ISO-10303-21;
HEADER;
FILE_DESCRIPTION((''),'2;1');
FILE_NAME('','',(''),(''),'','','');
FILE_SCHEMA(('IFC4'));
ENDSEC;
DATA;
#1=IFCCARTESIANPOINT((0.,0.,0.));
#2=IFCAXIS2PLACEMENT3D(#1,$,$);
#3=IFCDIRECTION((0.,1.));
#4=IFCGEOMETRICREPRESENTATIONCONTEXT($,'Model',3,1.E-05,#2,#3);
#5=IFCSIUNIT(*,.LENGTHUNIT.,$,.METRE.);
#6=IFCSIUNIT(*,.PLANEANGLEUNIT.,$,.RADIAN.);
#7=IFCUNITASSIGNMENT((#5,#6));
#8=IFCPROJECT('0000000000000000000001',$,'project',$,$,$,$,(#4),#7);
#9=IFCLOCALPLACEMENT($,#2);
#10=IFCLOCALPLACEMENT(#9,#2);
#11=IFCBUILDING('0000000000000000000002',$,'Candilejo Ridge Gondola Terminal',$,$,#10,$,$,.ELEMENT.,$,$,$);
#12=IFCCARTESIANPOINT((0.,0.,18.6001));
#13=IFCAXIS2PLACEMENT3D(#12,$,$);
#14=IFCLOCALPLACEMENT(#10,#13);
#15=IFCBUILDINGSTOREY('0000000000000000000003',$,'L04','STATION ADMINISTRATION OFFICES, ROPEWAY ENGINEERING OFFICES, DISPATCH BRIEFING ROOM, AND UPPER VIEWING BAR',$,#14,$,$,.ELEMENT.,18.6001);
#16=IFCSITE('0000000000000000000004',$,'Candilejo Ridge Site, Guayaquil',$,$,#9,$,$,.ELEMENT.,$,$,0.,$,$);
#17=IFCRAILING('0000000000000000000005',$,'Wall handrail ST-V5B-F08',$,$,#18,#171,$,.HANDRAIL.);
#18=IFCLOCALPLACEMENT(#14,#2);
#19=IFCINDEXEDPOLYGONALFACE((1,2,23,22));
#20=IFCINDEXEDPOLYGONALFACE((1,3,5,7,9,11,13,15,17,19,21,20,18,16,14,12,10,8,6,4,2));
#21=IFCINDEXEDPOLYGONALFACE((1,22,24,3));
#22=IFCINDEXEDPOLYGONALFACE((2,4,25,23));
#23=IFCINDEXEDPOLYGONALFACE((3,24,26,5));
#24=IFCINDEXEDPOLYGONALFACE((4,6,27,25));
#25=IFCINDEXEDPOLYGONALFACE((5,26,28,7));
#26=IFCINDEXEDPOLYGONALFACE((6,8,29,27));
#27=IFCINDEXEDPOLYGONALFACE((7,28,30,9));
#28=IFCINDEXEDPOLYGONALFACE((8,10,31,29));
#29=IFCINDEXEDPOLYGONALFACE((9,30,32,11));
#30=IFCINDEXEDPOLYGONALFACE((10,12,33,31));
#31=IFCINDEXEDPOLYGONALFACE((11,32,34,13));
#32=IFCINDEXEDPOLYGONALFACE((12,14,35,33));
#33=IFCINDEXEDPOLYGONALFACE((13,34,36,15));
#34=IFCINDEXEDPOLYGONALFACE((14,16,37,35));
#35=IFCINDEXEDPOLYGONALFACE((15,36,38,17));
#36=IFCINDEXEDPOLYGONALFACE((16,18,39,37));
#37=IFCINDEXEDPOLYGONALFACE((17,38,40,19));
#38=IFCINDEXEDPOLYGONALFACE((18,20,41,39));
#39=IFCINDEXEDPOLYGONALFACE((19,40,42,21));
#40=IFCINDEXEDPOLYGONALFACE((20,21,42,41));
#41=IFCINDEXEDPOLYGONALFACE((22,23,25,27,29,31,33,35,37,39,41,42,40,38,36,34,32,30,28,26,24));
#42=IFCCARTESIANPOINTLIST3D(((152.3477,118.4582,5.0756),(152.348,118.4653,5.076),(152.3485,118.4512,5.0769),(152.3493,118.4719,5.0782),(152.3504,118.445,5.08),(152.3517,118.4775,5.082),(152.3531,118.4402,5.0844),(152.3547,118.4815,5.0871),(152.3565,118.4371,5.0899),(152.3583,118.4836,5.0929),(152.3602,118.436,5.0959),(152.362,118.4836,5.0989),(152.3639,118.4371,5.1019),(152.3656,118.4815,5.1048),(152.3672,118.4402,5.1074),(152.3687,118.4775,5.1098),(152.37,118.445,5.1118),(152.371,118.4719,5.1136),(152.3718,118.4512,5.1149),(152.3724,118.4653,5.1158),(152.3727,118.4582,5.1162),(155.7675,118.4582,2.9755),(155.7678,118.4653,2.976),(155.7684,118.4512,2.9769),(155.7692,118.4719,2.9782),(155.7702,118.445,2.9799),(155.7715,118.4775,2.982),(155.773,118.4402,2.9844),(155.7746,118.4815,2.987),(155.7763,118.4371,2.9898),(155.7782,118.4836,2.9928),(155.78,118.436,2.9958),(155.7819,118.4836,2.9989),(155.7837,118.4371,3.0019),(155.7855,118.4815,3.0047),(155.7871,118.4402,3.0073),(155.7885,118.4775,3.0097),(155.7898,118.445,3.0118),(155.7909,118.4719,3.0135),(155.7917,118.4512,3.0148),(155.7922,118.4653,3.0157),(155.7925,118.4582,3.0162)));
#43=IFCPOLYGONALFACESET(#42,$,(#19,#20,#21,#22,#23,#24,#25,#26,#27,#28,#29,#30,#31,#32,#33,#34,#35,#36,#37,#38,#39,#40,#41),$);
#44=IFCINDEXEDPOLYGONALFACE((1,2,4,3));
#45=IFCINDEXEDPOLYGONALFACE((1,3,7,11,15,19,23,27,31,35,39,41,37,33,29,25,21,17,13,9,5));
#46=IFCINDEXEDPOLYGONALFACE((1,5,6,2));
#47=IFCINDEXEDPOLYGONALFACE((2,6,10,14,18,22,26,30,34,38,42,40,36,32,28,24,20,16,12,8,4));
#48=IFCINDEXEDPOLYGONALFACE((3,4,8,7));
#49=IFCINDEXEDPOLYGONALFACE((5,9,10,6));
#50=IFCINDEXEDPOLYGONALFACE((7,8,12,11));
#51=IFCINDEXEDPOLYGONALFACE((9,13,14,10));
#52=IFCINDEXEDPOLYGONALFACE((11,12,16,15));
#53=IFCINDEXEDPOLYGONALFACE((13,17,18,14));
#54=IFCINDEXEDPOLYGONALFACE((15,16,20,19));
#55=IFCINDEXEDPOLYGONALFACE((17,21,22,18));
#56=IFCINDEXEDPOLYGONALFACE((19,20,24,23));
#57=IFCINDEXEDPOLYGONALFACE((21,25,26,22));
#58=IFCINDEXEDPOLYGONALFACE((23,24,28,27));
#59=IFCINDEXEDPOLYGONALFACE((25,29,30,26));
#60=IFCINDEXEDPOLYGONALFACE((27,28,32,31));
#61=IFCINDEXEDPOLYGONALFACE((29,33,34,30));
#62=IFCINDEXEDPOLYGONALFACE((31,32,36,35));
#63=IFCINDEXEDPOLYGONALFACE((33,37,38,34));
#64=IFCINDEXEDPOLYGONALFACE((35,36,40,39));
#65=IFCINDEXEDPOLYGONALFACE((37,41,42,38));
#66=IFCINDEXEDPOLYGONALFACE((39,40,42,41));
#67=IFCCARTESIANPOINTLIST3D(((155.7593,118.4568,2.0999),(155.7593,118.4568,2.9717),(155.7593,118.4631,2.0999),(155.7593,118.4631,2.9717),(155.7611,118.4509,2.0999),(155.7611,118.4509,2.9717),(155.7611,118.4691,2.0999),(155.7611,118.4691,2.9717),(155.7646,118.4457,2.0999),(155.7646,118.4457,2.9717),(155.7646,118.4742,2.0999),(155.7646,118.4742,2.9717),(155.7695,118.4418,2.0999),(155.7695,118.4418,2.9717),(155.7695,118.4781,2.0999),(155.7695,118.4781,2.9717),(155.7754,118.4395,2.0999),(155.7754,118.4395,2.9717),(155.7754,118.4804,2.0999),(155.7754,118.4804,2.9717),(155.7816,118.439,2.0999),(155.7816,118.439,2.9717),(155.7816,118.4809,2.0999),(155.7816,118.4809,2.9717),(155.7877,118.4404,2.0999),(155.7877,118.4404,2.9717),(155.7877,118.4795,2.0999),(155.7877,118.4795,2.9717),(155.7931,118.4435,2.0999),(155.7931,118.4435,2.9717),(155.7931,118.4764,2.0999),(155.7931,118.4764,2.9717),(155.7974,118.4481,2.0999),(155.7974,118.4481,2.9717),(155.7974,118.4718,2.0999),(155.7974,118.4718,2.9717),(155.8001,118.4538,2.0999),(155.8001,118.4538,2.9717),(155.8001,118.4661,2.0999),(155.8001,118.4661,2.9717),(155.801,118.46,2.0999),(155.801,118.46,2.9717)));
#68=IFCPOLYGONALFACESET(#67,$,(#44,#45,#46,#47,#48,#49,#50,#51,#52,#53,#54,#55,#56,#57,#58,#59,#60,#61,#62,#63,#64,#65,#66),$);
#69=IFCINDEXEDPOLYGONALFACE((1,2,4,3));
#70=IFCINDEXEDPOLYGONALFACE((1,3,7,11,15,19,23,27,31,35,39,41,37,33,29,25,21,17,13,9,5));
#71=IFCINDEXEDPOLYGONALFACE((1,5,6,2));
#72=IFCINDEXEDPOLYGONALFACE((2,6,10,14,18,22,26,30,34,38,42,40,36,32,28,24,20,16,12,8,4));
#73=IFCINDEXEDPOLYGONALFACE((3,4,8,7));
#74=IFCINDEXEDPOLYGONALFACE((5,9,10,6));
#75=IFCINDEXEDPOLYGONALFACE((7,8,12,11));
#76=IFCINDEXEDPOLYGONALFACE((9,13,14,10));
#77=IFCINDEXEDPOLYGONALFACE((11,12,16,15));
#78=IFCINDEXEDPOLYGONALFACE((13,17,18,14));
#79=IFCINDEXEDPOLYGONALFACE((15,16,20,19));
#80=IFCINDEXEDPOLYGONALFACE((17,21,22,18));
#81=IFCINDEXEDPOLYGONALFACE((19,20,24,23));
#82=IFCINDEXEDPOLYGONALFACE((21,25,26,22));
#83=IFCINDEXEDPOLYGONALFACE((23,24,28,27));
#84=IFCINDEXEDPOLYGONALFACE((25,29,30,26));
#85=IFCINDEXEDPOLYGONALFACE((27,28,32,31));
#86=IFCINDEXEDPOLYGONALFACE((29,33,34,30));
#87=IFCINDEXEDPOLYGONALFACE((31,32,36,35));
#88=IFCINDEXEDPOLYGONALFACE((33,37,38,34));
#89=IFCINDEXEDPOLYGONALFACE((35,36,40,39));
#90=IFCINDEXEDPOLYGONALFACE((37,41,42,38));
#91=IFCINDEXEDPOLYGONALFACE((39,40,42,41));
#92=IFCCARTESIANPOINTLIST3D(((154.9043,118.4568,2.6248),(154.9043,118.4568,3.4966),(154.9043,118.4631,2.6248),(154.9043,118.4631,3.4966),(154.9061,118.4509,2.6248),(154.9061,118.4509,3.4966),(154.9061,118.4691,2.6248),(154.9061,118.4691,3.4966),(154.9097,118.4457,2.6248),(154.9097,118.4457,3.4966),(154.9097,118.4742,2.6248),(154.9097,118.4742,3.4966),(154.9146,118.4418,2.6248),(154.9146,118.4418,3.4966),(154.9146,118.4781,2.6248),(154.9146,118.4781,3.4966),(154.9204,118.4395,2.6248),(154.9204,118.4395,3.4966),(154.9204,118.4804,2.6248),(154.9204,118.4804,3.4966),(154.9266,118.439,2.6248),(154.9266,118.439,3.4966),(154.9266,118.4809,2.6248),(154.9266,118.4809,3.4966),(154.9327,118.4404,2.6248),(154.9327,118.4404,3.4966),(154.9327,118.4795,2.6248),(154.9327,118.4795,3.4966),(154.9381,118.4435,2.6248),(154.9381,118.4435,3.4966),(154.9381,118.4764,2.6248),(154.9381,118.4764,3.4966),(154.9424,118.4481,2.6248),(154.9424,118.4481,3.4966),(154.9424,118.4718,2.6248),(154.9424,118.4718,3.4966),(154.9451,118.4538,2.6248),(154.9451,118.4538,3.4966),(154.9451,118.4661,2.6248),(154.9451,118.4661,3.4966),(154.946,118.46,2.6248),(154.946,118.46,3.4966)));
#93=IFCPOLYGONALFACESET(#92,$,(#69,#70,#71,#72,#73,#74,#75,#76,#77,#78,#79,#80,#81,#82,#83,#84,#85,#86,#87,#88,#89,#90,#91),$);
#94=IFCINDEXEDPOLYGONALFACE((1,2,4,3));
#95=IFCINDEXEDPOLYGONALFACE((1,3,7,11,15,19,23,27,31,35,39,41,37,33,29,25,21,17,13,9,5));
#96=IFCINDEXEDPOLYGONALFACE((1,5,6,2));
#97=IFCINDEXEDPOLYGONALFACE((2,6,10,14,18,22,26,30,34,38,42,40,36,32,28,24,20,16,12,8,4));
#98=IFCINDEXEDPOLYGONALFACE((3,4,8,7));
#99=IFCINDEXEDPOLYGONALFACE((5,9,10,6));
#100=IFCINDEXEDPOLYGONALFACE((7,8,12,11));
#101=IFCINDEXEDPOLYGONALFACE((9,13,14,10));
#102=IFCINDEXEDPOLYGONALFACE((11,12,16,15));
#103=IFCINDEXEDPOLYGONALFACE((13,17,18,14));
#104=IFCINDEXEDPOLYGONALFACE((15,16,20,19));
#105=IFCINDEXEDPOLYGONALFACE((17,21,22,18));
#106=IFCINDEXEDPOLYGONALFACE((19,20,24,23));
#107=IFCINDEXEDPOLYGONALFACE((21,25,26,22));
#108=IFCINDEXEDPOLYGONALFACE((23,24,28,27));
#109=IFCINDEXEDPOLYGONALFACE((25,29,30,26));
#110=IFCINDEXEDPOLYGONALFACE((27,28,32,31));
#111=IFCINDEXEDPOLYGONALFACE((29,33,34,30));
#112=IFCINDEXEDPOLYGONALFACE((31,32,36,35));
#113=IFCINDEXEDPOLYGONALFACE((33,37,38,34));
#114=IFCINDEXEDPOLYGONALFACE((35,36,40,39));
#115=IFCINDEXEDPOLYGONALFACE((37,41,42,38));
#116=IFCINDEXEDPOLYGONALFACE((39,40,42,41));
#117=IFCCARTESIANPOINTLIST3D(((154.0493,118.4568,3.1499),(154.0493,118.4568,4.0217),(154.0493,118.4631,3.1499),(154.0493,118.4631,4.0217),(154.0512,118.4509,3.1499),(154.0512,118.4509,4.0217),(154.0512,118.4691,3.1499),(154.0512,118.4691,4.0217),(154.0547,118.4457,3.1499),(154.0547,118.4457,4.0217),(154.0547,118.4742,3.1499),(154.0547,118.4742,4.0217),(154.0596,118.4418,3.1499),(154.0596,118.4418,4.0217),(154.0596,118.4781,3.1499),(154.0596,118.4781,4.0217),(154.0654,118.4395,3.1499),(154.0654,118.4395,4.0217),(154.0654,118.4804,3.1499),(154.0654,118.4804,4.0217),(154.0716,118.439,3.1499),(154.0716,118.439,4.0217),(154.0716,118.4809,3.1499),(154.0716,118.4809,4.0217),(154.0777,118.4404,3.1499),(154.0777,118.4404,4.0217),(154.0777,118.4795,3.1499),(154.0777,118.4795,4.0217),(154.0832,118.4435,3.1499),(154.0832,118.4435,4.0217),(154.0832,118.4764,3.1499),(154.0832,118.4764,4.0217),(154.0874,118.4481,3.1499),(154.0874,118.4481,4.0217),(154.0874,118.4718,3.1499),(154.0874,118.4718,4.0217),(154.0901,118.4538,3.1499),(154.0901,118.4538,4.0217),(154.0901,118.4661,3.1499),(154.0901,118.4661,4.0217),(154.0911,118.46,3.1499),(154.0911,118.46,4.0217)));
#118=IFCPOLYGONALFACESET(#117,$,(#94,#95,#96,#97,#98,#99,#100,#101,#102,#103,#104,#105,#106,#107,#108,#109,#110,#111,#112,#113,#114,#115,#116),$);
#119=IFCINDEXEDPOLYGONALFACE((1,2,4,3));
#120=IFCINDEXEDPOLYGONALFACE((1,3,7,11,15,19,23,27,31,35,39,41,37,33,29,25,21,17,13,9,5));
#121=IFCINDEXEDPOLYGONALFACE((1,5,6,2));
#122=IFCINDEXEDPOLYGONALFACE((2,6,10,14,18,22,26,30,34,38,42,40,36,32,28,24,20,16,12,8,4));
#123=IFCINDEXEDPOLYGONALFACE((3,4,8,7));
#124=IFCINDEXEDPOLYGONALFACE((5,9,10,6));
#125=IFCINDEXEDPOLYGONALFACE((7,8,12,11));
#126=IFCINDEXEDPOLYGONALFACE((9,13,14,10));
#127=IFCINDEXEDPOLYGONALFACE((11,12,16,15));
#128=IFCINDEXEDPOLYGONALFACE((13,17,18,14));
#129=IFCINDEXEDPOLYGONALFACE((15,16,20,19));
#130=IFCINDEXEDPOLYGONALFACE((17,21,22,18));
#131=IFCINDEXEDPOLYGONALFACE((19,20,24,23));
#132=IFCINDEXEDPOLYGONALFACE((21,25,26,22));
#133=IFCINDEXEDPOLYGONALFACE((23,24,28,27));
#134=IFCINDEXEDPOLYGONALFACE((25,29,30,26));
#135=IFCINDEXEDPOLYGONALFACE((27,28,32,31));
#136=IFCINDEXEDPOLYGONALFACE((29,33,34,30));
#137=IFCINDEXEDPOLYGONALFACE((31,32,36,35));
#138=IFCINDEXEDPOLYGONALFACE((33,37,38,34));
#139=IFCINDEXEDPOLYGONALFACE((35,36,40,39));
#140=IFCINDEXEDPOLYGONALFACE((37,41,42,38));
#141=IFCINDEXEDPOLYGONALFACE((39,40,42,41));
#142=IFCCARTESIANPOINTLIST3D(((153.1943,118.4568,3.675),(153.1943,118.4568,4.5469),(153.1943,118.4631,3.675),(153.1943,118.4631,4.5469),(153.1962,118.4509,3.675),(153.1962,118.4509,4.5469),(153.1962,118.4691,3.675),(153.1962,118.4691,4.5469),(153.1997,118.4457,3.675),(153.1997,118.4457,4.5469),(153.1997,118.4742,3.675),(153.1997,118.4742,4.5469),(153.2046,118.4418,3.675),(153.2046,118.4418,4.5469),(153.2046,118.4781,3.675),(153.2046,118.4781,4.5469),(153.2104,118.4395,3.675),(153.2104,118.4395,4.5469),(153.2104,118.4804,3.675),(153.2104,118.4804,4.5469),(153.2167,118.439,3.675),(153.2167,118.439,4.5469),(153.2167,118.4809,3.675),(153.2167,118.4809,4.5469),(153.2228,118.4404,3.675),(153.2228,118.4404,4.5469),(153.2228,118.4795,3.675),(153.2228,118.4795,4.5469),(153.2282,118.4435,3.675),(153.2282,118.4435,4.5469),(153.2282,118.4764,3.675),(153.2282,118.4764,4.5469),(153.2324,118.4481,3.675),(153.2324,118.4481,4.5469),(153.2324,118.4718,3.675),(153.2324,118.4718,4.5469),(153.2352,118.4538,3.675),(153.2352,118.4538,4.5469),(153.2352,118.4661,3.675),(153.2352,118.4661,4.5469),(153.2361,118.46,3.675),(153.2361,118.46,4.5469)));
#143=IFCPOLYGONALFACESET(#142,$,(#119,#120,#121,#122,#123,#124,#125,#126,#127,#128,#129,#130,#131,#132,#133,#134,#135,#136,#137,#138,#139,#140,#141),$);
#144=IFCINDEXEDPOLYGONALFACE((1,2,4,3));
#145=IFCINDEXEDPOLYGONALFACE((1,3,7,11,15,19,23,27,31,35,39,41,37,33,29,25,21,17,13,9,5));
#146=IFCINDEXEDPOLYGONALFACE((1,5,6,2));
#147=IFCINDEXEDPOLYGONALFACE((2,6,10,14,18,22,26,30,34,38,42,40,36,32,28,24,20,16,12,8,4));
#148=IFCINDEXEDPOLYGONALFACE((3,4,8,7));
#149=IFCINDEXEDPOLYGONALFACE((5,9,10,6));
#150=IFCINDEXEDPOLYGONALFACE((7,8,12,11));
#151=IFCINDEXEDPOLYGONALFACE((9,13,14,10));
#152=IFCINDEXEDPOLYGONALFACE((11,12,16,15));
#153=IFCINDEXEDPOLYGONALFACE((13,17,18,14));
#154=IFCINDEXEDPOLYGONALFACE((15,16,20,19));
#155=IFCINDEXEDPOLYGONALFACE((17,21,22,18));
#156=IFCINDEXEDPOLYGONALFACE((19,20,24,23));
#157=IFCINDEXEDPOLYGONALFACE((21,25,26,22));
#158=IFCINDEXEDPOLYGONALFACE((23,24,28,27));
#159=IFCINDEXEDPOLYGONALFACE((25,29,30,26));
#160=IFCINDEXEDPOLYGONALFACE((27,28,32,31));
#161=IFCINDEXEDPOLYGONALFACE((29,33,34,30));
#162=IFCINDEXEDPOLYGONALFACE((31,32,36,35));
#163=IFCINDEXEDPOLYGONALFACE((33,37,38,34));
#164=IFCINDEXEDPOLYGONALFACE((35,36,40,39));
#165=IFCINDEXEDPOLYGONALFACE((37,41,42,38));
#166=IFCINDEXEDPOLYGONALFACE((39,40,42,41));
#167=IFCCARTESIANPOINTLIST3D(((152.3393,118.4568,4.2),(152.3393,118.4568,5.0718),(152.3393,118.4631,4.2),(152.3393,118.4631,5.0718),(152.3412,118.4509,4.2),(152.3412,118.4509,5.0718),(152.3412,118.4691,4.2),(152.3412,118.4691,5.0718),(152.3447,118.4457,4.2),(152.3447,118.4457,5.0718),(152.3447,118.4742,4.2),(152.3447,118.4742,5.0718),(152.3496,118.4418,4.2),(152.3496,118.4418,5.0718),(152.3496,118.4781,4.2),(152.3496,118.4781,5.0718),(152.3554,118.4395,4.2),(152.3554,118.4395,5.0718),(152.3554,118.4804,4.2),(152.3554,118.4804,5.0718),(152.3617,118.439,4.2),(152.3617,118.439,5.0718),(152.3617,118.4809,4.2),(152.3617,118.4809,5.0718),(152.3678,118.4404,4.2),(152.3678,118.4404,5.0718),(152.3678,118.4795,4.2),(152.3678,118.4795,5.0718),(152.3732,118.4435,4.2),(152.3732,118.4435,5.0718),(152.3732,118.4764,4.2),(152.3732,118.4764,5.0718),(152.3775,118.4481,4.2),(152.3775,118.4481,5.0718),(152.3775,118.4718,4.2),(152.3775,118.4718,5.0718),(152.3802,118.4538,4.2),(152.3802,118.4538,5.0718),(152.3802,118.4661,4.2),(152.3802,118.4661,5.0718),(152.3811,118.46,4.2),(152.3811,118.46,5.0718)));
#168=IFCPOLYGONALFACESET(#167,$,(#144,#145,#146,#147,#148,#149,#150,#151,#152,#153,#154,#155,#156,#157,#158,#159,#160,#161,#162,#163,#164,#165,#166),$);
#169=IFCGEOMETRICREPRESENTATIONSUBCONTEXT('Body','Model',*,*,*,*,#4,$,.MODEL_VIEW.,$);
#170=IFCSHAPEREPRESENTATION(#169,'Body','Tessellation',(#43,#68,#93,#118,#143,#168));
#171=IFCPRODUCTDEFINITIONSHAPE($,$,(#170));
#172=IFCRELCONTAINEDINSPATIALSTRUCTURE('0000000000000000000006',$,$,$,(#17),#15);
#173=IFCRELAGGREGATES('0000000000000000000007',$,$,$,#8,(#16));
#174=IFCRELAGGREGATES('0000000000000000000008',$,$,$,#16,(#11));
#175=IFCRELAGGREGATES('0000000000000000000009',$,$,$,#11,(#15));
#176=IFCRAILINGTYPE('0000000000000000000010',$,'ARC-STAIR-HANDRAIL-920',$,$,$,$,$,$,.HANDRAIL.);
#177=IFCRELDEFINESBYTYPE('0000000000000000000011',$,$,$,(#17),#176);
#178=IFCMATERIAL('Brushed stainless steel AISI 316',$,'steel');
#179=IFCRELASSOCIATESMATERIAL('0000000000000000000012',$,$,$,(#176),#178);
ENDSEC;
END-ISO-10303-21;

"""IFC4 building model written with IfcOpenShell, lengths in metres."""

from ifc_helpers import new_model, si_unit, direction, frame, origin, origin_2d, place, context, subcontext, project, spatial, circle, extrude, material, type_object, element, save


model = new_model("IFC4")

# Units and contexts
model_context = context("Model", 3, precision=1e-05, world=origin(), true_north=direction((0.0, 1.0)))
body_context = subcontext(model_context, "Body", "Model", "MODEL_VIEW")
ifc_project = project(units=[si_unit("LENGTHUNIT", "METRE"), si_unit("PLANEANGLEUNIT", "RADIAN")], contexts=[model_context])

# Site, building, storey
site_placement = place(None, origin())
site = spatial("IfcSite", under=ifc_project, at=site_placement, Name="Candilejo Ridge Site, Guayaquil", CompositionType="ELEMENT", RefElevation=0.0)
building_placement = place(site_placement, origin())
building = spatial("IfcBuilding", under=site, at=building_placement, Name="Candilejo Ridge Gondola Terminal", CompositionType="ELEMENT")
storey_placement = place(building_placement, frame((0.0, 0.0, 18.6001)))
storey = spatial("IfcBuildingStorey", under=building, at=storey_placement, Name="L04", Description="STATION ADMINISTRATION OFFICES, ROPEWAY ENGINEERING OFFICES, DISPATCH BRIEFING ROOM, AND UPPER VIEWING BAR", CompositionType="ELEMENT", Elevation=18.6001)

# Railing
ifc_material_1 = material(Name="Brushed stainless steel AISI 316", Category="steel")
railing_type_1 = type_object("IfcRailingType", Name="ARC-STAIR-HANDRAIL-920", PredefinedType="HANDRAIL", material=ifc_material_1)
railing_1_placement = place(storey_placement, frame((155.78, 118.46, 2.0999)))
element("IfcRailing", 1, at=railing_1_placement, inside=storey, type_object=railing_type_1, Name="Wall handrail ST-V5B-F08", PredefinedType="HANDRAIL", context=body_context, shape_type="SweptSolid", body=[
    extrude(circle(Radius=0.0239, at=origin_2d()), frame((0.0, 0.0, 0.896), z_axis=(-0.852155, 0.0, 0.523289), x_axis=(0.0, -1.0, 0.0)), (0.0, 0.0, 1.0), 4.0132),
    extrude(circle(Radius=0.021, at=origin_2d()), origin(), (0.0, 0.0, 1.0), 0.8718),
    extrude(circle(Radius=0.021, at=origin_2d()), frame((-0.855, 0.0, 0.5249)), (0.0, 0.0, 1.0), 0.8718),
    extrude(circle(Radius=0.021, at=origin_2d()), frame((-1.71, 0.0, 1.05)), (0.0, 0.0, 1.0), 0.8718),
    extrude(circle(Radius=0.021, at=origin_2d()), frame((-2.5649, 0.0, 1.5752)), (0.0, 0.0, 1.0), 0.8718),
    extrude(circle(Radius=0.021, at=origin_2d()), frame((-3.4199, 0.0, 2.1001)), (0.0, 0.0, 1.0), 0.8718),
])

save(model, "model.ifc")
